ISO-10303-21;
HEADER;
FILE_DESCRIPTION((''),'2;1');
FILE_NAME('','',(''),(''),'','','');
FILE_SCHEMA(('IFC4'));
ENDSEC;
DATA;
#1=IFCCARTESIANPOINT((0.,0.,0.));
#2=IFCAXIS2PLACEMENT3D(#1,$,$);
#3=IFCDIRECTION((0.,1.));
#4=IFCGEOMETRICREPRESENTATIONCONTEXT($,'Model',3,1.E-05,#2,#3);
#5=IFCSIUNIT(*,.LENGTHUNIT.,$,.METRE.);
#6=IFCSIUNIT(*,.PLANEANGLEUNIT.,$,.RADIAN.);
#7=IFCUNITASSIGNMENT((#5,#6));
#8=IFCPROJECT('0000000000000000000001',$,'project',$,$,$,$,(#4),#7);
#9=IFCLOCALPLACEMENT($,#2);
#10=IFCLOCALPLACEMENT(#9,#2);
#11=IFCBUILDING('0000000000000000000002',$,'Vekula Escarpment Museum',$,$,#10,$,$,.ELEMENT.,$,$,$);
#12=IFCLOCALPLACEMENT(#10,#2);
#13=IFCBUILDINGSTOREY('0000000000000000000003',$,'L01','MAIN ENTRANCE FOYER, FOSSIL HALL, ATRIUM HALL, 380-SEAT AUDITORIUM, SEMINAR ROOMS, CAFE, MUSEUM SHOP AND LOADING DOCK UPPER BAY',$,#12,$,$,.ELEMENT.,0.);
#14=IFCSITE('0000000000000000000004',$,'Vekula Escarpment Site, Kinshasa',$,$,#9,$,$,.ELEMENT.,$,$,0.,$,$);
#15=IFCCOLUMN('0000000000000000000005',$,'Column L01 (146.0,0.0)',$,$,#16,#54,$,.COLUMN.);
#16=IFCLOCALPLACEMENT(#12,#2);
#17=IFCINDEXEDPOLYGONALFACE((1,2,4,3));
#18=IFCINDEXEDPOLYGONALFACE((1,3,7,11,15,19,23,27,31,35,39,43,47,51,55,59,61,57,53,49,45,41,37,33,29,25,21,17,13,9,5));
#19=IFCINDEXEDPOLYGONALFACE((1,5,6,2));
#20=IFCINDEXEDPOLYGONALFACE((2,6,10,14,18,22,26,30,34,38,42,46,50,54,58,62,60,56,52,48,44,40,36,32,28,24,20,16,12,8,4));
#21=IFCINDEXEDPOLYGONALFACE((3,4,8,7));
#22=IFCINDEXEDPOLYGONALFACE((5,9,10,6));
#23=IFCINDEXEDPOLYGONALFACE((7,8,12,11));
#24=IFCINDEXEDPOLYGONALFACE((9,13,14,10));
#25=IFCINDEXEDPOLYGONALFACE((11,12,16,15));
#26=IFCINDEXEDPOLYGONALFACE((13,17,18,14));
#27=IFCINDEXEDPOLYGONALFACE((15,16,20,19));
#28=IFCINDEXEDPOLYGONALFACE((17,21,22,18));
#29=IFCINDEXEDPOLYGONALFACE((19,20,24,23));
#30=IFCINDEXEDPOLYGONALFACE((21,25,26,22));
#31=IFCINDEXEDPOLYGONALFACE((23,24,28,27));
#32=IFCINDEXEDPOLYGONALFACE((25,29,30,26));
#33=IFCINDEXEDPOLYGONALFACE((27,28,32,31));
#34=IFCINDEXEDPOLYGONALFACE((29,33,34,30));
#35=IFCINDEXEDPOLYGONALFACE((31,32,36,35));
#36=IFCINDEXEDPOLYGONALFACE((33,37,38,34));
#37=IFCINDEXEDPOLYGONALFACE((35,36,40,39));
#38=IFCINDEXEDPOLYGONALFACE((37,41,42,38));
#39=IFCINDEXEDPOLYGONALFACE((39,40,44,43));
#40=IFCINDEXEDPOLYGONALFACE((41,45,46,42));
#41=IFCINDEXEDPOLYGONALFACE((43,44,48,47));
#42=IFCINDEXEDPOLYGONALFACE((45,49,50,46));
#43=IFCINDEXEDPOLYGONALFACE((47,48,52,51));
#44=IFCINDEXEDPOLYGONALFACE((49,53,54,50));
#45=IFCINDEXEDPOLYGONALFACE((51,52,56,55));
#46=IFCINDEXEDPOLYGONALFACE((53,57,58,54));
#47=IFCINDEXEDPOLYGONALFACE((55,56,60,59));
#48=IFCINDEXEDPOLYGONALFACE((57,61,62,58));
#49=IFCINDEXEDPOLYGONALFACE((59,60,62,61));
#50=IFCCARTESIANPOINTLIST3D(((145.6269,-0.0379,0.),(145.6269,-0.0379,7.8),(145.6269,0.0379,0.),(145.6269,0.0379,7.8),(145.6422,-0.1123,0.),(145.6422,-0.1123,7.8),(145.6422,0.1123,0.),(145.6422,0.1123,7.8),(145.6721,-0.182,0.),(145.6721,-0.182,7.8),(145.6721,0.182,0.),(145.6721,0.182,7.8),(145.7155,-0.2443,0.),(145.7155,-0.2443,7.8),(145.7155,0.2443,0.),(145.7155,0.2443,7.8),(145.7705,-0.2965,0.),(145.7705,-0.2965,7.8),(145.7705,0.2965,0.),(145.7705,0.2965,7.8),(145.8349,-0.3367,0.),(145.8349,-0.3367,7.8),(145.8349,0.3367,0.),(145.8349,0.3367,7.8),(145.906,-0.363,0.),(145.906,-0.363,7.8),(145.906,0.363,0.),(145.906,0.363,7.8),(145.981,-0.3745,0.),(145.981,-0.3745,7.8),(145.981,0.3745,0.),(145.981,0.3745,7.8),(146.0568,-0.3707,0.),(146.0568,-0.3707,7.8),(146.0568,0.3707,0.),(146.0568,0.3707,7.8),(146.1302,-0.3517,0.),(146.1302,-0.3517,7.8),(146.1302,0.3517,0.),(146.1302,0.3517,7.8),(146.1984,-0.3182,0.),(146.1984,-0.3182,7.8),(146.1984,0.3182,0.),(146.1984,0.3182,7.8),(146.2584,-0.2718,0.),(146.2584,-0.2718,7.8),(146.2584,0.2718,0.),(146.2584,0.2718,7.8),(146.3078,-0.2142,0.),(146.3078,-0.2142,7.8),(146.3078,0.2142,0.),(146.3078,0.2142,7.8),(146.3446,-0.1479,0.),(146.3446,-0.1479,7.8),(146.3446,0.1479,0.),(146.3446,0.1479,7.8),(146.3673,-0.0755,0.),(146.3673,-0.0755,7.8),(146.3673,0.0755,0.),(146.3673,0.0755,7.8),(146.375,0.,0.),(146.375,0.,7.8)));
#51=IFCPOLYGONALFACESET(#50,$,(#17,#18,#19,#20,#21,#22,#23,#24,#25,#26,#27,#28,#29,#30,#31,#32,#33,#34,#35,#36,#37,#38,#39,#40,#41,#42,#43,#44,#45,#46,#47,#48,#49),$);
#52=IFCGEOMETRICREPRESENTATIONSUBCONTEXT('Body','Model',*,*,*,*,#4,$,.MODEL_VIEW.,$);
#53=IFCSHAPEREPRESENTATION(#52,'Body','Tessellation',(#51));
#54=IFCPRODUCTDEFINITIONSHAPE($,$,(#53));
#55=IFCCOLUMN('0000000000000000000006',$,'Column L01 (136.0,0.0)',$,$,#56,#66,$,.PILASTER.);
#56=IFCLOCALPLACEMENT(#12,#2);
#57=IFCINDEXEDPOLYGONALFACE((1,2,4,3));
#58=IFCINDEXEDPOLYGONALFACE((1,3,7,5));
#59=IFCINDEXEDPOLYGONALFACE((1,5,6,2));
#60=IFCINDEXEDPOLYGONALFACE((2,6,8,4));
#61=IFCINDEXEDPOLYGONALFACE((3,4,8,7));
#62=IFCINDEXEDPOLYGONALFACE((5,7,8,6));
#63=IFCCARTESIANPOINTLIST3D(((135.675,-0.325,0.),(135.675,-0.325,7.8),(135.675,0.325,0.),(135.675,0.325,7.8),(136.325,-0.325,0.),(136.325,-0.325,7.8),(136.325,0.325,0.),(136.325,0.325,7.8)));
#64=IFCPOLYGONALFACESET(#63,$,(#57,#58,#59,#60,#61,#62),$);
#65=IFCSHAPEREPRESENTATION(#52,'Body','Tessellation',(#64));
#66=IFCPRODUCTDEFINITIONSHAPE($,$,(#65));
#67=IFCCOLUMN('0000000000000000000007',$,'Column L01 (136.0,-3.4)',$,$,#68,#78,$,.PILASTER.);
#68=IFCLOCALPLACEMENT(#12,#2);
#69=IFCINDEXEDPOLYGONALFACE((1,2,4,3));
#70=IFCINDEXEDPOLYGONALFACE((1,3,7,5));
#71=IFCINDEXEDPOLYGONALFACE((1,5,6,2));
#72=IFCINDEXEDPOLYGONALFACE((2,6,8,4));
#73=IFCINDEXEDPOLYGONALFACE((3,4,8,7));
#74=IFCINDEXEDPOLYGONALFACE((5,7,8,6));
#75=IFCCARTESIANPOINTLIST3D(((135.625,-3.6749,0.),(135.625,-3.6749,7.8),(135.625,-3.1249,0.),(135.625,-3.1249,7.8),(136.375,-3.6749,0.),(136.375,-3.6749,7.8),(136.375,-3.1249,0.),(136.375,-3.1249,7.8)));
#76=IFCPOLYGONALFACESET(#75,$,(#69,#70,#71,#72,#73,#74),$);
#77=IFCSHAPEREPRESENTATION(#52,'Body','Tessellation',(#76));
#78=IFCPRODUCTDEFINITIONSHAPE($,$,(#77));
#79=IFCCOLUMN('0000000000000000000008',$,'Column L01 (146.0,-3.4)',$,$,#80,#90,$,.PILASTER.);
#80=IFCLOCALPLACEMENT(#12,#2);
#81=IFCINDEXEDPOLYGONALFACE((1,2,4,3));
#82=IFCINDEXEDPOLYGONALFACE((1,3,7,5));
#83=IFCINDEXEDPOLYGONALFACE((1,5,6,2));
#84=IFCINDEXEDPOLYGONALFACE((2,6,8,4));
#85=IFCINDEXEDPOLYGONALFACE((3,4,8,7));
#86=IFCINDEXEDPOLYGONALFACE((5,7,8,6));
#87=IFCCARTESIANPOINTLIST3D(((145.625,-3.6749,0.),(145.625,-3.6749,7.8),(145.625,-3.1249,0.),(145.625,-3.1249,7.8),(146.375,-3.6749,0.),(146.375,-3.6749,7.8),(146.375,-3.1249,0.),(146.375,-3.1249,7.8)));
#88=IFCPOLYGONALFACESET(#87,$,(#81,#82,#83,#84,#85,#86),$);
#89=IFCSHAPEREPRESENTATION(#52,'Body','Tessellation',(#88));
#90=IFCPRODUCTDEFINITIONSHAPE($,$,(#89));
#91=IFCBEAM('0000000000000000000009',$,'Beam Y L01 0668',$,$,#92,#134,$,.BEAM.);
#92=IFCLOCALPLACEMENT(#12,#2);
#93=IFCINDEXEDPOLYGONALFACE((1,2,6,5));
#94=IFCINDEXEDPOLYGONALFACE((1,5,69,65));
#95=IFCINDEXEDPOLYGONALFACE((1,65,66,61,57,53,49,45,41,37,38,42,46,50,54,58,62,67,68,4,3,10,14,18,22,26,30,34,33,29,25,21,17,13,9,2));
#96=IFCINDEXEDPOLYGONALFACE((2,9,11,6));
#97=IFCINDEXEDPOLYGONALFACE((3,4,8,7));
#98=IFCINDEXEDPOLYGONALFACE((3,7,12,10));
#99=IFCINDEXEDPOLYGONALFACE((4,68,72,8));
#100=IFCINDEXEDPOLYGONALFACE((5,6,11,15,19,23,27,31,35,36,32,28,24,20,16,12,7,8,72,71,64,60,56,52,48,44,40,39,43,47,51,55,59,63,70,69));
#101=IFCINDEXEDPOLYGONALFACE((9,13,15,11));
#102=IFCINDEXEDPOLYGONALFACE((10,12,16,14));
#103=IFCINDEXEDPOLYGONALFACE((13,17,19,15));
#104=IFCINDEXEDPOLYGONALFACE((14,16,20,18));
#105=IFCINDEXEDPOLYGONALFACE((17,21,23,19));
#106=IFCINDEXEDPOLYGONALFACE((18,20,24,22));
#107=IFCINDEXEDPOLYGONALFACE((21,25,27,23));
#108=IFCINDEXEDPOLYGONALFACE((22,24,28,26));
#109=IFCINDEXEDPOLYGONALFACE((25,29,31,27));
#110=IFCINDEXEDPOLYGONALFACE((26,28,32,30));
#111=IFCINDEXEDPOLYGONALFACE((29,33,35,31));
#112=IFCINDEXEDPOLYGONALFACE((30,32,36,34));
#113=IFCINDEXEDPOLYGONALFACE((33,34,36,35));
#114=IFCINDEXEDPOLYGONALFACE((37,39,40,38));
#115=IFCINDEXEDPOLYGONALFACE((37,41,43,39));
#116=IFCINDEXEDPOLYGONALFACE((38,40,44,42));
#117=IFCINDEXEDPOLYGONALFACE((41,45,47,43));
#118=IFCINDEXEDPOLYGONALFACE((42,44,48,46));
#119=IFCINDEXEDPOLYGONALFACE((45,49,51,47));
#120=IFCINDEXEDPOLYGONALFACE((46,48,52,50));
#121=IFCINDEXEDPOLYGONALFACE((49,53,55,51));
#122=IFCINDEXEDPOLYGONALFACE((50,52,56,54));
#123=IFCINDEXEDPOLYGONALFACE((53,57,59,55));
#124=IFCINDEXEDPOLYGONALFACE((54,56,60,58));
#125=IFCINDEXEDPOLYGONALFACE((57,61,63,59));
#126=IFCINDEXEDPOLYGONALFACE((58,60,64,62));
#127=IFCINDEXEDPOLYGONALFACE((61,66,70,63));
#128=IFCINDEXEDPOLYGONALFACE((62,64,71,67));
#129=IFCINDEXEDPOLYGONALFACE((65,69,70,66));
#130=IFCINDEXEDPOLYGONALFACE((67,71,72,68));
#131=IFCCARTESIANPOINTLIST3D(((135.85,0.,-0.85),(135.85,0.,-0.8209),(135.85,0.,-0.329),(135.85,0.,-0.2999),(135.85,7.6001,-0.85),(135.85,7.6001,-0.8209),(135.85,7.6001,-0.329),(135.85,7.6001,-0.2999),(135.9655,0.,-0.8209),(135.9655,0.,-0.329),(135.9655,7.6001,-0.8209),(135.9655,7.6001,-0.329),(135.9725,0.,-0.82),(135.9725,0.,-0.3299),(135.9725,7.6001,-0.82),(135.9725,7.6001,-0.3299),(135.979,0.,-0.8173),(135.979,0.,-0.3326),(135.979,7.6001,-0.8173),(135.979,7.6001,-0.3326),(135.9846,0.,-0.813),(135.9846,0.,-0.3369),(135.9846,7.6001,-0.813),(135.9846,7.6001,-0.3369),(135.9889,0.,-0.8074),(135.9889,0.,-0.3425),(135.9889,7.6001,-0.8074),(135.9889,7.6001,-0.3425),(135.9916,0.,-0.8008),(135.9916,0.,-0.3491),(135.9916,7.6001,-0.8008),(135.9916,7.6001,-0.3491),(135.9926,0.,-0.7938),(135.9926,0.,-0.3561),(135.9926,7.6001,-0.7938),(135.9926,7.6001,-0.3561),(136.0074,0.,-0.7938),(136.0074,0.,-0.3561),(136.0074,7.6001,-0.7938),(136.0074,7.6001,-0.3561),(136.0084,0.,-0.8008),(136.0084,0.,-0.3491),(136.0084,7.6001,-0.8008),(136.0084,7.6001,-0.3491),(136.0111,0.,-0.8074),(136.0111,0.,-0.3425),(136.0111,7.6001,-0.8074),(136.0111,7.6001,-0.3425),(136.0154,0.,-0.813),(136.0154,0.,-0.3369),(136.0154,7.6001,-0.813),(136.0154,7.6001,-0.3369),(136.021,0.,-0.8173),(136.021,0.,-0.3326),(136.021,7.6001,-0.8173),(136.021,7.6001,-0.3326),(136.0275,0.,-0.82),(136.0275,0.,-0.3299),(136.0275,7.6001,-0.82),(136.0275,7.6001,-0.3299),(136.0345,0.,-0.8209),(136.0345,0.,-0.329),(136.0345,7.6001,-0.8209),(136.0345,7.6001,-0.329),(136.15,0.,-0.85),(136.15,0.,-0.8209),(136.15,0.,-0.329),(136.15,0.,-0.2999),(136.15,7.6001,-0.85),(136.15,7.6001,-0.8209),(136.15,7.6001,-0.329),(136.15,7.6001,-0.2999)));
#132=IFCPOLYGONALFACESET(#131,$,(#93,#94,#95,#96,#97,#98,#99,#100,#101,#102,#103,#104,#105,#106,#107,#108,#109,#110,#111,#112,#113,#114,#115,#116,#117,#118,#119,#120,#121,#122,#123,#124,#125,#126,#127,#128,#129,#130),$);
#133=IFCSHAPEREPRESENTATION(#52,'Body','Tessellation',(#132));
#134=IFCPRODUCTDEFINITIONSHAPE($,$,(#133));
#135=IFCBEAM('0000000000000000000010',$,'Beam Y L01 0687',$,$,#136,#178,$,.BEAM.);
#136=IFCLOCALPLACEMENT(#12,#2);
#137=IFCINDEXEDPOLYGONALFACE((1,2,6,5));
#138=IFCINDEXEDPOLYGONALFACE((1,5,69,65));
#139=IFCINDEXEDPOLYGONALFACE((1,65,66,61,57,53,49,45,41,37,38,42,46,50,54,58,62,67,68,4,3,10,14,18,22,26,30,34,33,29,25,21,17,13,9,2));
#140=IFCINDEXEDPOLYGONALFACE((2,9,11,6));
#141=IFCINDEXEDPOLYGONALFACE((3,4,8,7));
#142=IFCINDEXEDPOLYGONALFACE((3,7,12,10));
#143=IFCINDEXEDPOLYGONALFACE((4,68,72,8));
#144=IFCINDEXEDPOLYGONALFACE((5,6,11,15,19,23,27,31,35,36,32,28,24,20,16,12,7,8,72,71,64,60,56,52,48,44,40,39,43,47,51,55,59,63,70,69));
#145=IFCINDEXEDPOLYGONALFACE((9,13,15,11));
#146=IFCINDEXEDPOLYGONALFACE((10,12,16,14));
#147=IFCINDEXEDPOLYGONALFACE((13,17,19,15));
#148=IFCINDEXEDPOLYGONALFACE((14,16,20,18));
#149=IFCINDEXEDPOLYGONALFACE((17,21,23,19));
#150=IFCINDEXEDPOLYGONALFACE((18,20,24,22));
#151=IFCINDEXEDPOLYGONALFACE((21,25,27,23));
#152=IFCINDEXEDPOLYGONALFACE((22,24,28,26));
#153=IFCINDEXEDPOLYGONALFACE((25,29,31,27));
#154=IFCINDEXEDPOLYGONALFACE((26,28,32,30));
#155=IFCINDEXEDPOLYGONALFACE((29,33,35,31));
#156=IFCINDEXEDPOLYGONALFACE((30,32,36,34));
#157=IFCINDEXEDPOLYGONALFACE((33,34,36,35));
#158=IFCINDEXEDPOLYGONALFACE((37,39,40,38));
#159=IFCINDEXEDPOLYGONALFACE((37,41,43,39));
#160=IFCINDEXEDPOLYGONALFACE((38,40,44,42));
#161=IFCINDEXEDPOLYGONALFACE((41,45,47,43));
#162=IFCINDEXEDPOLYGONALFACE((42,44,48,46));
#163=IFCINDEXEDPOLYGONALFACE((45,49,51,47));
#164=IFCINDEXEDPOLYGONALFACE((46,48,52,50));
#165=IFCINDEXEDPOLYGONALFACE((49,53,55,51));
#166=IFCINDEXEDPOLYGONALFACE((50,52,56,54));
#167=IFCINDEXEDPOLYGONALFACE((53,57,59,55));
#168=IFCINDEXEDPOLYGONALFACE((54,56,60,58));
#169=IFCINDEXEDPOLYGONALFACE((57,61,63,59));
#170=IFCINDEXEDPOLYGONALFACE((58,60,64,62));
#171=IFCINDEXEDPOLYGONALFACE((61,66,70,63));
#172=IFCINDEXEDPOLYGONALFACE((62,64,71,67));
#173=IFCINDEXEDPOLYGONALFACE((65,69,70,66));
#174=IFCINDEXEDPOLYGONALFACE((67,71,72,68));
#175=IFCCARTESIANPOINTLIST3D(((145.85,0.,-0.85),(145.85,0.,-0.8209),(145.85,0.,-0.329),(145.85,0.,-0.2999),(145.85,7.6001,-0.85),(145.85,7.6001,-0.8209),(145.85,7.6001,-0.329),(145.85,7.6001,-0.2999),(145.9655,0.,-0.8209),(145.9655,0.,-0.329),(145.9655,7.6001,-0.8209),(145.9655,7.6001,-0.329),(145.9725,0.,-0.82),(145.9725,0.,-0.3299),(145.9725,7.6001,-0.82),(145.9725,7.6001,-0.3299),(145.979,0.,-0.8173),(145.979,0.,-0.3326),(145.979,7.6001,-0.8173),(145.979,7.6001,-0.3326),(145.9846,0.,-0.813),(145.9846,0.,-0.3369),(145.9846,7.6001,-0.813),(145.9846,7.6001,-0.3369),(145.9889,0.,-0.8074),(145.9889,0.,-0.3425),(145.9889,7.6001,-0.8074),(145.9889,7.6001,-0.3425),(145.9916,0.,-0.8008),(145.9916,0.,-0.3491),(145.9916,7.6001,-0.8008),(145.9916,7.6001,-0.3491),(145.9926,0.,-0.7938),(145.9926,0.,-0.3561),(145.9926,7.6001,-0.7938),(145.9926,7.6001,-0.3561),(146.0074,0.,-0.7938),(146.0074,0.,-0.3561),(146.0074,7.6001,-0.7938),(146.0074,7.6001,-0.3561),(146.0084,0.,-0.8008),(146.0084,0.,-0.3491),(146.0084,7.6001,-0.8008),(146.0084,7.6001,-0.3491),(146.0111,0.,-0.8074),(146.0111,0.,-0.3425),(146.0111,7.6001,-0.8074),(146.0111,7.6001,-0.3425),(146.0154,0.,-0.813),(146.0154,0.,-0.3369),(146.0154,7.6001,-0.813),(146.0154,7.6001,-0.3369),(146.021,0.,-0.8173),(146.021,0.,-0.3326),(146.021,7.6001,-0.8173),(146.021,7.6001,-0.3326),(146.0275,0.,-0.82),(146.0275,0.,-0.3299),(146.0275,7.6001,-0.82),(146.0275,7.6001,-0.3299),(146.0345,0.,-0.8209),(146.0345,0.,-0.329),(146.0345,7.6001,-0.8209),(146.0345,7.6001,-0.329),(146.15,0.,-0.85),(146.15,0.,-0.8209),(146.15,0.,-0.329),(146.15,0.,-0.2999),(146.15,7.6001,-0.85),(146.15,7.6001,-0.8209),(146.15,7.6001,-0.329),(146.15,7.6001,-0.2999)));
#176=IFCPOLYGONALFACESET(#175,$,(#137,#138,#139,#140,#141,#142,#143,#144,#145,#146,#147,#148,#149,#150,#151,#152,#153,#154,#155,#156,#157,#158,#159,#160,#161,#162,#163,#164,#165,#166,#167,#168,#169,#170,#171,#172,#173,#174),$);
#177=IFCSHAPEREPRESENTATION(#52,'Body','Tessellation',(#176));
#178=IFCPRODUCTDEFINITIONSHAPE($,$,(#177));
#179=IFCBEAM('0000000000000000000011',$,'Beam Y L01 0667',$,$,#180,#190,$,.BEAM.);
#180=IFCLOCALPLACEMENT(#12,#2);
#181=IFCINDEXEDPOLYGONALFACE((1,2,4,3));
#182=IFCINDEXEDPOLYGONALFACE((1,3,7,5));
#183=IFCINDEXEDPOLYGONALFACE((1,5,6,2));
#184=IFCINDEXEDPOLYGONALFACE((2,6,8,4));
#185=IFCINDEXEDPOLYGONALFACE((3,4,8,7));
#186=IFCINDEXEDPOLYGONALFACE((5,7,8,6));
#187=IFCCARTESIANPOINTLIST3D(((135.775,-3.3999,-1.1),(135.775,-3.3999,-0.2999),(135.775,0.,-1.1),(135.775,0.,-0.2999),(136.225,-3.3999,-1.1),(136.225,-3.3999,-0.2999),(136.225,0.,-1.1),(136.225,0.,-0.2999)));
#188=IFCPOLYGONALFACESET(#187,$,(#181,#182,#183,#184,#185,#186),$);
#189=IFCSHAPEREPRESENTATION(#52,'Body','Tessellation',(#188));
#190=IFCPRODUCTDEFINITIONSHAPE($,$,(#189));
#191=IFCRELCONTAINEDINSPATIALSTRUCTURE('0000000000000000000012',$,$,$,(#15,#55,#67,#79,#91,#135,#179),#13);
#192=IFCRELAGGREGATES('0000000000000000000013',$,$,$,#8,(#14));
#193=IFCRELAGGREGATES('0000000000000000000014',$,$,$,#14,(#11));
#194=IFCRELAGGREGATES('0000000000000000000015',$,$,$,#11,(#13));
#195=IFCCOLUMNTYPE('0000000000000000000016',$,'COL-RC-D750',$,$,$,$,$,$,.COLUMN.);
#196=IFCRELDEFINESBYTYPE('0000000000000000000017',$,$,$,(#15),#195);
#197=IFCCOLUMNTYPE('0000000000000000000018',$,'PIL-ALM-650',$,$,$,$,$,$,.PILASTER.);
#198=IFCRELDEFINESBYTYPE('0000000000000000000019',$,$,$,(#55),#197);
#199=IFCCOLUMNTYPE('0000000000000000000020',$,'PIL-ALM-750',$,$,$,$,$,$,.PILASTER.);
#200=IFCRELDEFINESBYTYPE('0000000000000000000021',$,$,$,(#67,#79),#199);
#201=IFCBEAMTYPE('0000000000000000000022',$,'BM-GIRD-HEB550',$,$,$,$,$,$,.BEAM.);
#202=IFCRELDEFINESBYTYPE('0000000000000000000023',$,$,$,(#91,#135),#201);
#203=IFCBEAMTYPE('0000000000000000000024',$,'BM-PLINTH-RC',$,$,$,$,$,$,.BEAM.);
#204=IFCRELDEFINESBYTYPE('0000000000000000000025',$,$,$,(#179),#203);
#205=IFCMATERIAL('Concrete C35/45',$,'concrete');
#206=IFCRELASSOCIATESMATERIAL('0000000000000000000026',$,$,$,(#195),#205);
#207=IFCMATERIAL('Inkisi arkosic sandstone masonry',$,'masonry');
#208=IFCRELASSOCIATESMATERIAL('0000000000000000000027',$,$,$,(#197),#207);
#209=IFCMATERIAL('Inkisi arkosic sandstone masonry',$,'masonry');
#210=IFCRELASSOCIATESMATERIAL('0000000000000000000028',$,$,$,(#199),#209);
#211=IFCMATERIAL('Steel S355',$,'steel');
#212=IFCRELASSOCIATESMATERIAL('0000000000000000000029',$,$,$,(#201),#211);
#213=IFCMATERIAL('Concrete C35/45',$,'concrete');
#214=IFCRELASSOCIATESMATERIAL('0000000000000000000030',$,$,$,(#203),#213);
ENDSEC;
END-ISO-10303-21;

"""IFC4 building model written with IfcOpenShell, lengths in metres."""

from ifc_helpers import new_model, si_unit, direction, frame, origin, origin_2d, place, context, subcontext, project, spatial, rectangle, circle, i_section, extrude, material, material_profile, profile_set, type_object, element, save


model = new_model("IFC4")

# Units and contexts
model_context = context("Model", 3, precision=1e-05, world=origin(), true_north=direction((0.0, 1.0)))
body_context = subcontext(model_context, "Body", "Model", "MODEL_VIEW")
ifc_project = project(units=[si_unit("LENGTHUNIT", "METRE"), si_unit("PLANEANGLEUNIT", "RADIAN")], contexts=[model_context])

# Site, building, storey
site_placement = place(None, origin())
site = spatial("IfcSite", under=ifc_project, at=site_placement, Name="Vekula Escarpment Site, Kinshasa", CompositionType="ELEMENT", RefElevation=0.0)
building_placement = place(site_placement, origin())
building = spatial("IfcBuilding", under=site, at=building_placement, Name="Vekula Escarpment Museum", CompositionType="ELEMENT")
storey_placement = place(building_placement, origin())
storey = spatial("IfcBuildingStorey", under=building, at=storey_placement, Name="L01", Description="MAIN ENTRANCE FOYER, FOSSIL HALL, ATRIUM HALL, 380-SEAT AUDITORIUM, SEMINAR ROOMS, CAFE, MUSEUM SHOP AND LOADING DOCK UPPER BAY", CompositionType="ELEMENT", Elevation=0.0)

# Columns
ifc_material_1 = material(Name="Concrete C35/45", Category="concrete")
ifc_material_profile_1 = material_profile(ifc_material_1, circle(Radius=0.375, at=origin_2d()), Name="RC COL D750")
ifc_profile_set_1 = profile_set([ifc_material_profile_1], Name="Concrete C35/45")
column_type_1 = type_object("IfcColumnType", Name="COL-RC-D750", PredefinedType="COLUMN", material=ifc_profile_set_1)
column_1_placement = place(storey_placement, frame((146.0, 0.0, 0.0), z_axis=(0.0, 0.0, 1.0), x_axis=(1.0, 0.0, 0.0)))
element("IfcColumn", 1, at=column_1_placement, inside=storey, type_object=column_type_1, Name="Column L01 (146.0,0.0)", PredefinedType="COLUMN", context=body_context, shape_type="SweptSolid", body=[
    extrude(circle(Radius=0.375, at=origin_2d()), origin(), (0.0, 0.0, 1.0), 7.8),
])
ifc_material_2 = material(Name="Inkisi arkosic sandstone masonry", Category="masonry")
ifc_material_profile_2 = material_profile(ifc_material_2, rectangle(XDim=0.6499, YDim=0.6499, at=origin_2d()), Name="PIER 650x650")
ifc_profile_set_2 = profile_set([ifc_material_profile_2], Name="Inkisi arkosic sandstone masonry")
column_type_2 = type_object("IfcColumnType", Name="PIL-ALM-650", PredefinedType="PILASTER", material=ifc_profile_set_2)
column_2_placement = place(storey_placement, frame((136.0, 0.0, 0.0), z_axis=(0.0, 0.0, 1.0), x_axis=(1.0, 0.0, 0.0)))
element("IfcColumn", 2, at=column_2_placement, inside=storey, type_object=column_type_2, Name="Column L01 (136.0,0.0)", PredefinedType="PILASTER", context=body_context, shape_type="SweptSolid", body=[
    extrude(rectangle(XDim=0.6499, YDim=0.6499, at=origin_2d()), origin(), (0.0, 0.0, 1.0), 7.8),
])
ifc_material_3 = material(Name="Inkisi arkosic sandstone masonry", Category="masonry")
ifc_material_profile_3 = material_profile(ifc_material_3, rectangle(XDim=0.75, YDim=0.55, at=origin_2d()), Name="PIER 750x550")
ifc_profile_set_3 = profile_set([ifc_material_profile_3], Name="Inkisi arkosic sandstone masonry")
column_type_3 = type_object("IfcColumnType", Name="PIL-ALM-750", PredefinedType="PILASTER", material=ifc_profile_set_3)
for number, where, z_axis, x_axis, name in (
    (3, (136.0, -3.3999, 0.0), (0.0, 0.0, 1.0), (1.0, 0.0, 0.0), "Column L01 (136.0,-3.4)"),
    (4, (146.0, -3.3999, 0.0), (0.0, 0.0, 1.0), (1.0, 0.0, 0.0), "Column L01 (146.0,-3.4)"),
):
    element("IfcColumn", number, at=place(storey_placement, frame(where, z_axis=z_axis, x_axis=x_axis)), inside=storey, type_object=column_type_3, Name=name, PredefinedType="PILASTER", context=body_context, shape_type="SweptSolid", body=[
        extrude(rectangle(XDim=0.75, YDim=0.55, at=origin_2d()), origin(), (0.0, 0.0, 1.0), 7.8),
    ])

# Beams
ifc_material_4 = material(Name="Steel S355", Category="steel")
ifc_material_profile_4 = material_profile(ifc_material_4, i_section(OverallWidth=0.3, OverallDepth=0.55, WebThickness=0.0149, FlangeThickness=0.0291, FilletRadius=0.0271, at=origin_2d()), Name="HEB 550")
ifc_profile_set_4 = profile_set([ifc_material_profile_4], Name="Steel S355")
beam_type_1 = type_object("IfcBeamType", Name="BM-GIRD-HEB550", PredefinedType="BEAM", material=ifc_profile_set_4)
for number, where, z_axis, x_axis, name in (
    (5, (136.0, 0.0, -0.575), (0.0, 1.0, 0.0), (-1.0, 0.0, 0.0), "Beam Y L01 0668"),
    (6, (146.0, 0.0, -0.575), (0.0, 1.0, 0.0), (-1.0, 0.0, 0.0), "Beam Y L01 0687"),
):
    element("IfcBeam", number, at=place(storey_placement, frame(where, z_axis=z_axis, x_axis=x_axis)), inside=storey, type_object=beam_type_1, Name=name, PredefinedType="BEAM", context=body_context, shape_type="SweptSolid", body=[
        extrude(i_section(OverallWidth=0.3, OverallDepth=0.55, WebThickness=0.0149, FlangeThickness=0.0291, FilletRadius=0.0271, at=origin_2d()), origin(), (0.0, 0.0, 1.0), 7.6001),
    ])
ifc_material_5 = material(Name="Concrete C35/45", Category="concrete")
ifc_material_profile_5 = material_profile(ifc_material_5, rectangle(XDim=0.45, YDim=0.8, at=origin_2d()), Name="RC 450x800")
ifc_profile_set_5 = profile_set([ifc_material_profile_5], Name="Concrete C35/45")
beam_type_2 = type_object("IfcBeamType", Name="BM-PLINTH-RC", PredefinedType="BEAM", material=ifc_profile_set_5)
for number, where, z_axis, x_axis, name in (
    (7, (136.0, -3.3999, -0.7), (0.0, 1.0, 0.0), (-1.0, 0.0, 0.0), "Beam Y L01 0667"),
):
    element("IfcBeam", number, at=place(storey_placement, frame(where, z_axis=z_axis, x_axis=x_axis)), inside=storey, type_object=beam_type_2, Name=name, PredefinedType="BEAM", context=body_context, shape_type="SweptSolid", body=[
        extrude(rectangle(XDim=0.45, YDim=0.8, at=origin_2d()), origin(), (0.0, 0.0, 1.0), 3.3999),
    ])

save(model, "model.ifc")
